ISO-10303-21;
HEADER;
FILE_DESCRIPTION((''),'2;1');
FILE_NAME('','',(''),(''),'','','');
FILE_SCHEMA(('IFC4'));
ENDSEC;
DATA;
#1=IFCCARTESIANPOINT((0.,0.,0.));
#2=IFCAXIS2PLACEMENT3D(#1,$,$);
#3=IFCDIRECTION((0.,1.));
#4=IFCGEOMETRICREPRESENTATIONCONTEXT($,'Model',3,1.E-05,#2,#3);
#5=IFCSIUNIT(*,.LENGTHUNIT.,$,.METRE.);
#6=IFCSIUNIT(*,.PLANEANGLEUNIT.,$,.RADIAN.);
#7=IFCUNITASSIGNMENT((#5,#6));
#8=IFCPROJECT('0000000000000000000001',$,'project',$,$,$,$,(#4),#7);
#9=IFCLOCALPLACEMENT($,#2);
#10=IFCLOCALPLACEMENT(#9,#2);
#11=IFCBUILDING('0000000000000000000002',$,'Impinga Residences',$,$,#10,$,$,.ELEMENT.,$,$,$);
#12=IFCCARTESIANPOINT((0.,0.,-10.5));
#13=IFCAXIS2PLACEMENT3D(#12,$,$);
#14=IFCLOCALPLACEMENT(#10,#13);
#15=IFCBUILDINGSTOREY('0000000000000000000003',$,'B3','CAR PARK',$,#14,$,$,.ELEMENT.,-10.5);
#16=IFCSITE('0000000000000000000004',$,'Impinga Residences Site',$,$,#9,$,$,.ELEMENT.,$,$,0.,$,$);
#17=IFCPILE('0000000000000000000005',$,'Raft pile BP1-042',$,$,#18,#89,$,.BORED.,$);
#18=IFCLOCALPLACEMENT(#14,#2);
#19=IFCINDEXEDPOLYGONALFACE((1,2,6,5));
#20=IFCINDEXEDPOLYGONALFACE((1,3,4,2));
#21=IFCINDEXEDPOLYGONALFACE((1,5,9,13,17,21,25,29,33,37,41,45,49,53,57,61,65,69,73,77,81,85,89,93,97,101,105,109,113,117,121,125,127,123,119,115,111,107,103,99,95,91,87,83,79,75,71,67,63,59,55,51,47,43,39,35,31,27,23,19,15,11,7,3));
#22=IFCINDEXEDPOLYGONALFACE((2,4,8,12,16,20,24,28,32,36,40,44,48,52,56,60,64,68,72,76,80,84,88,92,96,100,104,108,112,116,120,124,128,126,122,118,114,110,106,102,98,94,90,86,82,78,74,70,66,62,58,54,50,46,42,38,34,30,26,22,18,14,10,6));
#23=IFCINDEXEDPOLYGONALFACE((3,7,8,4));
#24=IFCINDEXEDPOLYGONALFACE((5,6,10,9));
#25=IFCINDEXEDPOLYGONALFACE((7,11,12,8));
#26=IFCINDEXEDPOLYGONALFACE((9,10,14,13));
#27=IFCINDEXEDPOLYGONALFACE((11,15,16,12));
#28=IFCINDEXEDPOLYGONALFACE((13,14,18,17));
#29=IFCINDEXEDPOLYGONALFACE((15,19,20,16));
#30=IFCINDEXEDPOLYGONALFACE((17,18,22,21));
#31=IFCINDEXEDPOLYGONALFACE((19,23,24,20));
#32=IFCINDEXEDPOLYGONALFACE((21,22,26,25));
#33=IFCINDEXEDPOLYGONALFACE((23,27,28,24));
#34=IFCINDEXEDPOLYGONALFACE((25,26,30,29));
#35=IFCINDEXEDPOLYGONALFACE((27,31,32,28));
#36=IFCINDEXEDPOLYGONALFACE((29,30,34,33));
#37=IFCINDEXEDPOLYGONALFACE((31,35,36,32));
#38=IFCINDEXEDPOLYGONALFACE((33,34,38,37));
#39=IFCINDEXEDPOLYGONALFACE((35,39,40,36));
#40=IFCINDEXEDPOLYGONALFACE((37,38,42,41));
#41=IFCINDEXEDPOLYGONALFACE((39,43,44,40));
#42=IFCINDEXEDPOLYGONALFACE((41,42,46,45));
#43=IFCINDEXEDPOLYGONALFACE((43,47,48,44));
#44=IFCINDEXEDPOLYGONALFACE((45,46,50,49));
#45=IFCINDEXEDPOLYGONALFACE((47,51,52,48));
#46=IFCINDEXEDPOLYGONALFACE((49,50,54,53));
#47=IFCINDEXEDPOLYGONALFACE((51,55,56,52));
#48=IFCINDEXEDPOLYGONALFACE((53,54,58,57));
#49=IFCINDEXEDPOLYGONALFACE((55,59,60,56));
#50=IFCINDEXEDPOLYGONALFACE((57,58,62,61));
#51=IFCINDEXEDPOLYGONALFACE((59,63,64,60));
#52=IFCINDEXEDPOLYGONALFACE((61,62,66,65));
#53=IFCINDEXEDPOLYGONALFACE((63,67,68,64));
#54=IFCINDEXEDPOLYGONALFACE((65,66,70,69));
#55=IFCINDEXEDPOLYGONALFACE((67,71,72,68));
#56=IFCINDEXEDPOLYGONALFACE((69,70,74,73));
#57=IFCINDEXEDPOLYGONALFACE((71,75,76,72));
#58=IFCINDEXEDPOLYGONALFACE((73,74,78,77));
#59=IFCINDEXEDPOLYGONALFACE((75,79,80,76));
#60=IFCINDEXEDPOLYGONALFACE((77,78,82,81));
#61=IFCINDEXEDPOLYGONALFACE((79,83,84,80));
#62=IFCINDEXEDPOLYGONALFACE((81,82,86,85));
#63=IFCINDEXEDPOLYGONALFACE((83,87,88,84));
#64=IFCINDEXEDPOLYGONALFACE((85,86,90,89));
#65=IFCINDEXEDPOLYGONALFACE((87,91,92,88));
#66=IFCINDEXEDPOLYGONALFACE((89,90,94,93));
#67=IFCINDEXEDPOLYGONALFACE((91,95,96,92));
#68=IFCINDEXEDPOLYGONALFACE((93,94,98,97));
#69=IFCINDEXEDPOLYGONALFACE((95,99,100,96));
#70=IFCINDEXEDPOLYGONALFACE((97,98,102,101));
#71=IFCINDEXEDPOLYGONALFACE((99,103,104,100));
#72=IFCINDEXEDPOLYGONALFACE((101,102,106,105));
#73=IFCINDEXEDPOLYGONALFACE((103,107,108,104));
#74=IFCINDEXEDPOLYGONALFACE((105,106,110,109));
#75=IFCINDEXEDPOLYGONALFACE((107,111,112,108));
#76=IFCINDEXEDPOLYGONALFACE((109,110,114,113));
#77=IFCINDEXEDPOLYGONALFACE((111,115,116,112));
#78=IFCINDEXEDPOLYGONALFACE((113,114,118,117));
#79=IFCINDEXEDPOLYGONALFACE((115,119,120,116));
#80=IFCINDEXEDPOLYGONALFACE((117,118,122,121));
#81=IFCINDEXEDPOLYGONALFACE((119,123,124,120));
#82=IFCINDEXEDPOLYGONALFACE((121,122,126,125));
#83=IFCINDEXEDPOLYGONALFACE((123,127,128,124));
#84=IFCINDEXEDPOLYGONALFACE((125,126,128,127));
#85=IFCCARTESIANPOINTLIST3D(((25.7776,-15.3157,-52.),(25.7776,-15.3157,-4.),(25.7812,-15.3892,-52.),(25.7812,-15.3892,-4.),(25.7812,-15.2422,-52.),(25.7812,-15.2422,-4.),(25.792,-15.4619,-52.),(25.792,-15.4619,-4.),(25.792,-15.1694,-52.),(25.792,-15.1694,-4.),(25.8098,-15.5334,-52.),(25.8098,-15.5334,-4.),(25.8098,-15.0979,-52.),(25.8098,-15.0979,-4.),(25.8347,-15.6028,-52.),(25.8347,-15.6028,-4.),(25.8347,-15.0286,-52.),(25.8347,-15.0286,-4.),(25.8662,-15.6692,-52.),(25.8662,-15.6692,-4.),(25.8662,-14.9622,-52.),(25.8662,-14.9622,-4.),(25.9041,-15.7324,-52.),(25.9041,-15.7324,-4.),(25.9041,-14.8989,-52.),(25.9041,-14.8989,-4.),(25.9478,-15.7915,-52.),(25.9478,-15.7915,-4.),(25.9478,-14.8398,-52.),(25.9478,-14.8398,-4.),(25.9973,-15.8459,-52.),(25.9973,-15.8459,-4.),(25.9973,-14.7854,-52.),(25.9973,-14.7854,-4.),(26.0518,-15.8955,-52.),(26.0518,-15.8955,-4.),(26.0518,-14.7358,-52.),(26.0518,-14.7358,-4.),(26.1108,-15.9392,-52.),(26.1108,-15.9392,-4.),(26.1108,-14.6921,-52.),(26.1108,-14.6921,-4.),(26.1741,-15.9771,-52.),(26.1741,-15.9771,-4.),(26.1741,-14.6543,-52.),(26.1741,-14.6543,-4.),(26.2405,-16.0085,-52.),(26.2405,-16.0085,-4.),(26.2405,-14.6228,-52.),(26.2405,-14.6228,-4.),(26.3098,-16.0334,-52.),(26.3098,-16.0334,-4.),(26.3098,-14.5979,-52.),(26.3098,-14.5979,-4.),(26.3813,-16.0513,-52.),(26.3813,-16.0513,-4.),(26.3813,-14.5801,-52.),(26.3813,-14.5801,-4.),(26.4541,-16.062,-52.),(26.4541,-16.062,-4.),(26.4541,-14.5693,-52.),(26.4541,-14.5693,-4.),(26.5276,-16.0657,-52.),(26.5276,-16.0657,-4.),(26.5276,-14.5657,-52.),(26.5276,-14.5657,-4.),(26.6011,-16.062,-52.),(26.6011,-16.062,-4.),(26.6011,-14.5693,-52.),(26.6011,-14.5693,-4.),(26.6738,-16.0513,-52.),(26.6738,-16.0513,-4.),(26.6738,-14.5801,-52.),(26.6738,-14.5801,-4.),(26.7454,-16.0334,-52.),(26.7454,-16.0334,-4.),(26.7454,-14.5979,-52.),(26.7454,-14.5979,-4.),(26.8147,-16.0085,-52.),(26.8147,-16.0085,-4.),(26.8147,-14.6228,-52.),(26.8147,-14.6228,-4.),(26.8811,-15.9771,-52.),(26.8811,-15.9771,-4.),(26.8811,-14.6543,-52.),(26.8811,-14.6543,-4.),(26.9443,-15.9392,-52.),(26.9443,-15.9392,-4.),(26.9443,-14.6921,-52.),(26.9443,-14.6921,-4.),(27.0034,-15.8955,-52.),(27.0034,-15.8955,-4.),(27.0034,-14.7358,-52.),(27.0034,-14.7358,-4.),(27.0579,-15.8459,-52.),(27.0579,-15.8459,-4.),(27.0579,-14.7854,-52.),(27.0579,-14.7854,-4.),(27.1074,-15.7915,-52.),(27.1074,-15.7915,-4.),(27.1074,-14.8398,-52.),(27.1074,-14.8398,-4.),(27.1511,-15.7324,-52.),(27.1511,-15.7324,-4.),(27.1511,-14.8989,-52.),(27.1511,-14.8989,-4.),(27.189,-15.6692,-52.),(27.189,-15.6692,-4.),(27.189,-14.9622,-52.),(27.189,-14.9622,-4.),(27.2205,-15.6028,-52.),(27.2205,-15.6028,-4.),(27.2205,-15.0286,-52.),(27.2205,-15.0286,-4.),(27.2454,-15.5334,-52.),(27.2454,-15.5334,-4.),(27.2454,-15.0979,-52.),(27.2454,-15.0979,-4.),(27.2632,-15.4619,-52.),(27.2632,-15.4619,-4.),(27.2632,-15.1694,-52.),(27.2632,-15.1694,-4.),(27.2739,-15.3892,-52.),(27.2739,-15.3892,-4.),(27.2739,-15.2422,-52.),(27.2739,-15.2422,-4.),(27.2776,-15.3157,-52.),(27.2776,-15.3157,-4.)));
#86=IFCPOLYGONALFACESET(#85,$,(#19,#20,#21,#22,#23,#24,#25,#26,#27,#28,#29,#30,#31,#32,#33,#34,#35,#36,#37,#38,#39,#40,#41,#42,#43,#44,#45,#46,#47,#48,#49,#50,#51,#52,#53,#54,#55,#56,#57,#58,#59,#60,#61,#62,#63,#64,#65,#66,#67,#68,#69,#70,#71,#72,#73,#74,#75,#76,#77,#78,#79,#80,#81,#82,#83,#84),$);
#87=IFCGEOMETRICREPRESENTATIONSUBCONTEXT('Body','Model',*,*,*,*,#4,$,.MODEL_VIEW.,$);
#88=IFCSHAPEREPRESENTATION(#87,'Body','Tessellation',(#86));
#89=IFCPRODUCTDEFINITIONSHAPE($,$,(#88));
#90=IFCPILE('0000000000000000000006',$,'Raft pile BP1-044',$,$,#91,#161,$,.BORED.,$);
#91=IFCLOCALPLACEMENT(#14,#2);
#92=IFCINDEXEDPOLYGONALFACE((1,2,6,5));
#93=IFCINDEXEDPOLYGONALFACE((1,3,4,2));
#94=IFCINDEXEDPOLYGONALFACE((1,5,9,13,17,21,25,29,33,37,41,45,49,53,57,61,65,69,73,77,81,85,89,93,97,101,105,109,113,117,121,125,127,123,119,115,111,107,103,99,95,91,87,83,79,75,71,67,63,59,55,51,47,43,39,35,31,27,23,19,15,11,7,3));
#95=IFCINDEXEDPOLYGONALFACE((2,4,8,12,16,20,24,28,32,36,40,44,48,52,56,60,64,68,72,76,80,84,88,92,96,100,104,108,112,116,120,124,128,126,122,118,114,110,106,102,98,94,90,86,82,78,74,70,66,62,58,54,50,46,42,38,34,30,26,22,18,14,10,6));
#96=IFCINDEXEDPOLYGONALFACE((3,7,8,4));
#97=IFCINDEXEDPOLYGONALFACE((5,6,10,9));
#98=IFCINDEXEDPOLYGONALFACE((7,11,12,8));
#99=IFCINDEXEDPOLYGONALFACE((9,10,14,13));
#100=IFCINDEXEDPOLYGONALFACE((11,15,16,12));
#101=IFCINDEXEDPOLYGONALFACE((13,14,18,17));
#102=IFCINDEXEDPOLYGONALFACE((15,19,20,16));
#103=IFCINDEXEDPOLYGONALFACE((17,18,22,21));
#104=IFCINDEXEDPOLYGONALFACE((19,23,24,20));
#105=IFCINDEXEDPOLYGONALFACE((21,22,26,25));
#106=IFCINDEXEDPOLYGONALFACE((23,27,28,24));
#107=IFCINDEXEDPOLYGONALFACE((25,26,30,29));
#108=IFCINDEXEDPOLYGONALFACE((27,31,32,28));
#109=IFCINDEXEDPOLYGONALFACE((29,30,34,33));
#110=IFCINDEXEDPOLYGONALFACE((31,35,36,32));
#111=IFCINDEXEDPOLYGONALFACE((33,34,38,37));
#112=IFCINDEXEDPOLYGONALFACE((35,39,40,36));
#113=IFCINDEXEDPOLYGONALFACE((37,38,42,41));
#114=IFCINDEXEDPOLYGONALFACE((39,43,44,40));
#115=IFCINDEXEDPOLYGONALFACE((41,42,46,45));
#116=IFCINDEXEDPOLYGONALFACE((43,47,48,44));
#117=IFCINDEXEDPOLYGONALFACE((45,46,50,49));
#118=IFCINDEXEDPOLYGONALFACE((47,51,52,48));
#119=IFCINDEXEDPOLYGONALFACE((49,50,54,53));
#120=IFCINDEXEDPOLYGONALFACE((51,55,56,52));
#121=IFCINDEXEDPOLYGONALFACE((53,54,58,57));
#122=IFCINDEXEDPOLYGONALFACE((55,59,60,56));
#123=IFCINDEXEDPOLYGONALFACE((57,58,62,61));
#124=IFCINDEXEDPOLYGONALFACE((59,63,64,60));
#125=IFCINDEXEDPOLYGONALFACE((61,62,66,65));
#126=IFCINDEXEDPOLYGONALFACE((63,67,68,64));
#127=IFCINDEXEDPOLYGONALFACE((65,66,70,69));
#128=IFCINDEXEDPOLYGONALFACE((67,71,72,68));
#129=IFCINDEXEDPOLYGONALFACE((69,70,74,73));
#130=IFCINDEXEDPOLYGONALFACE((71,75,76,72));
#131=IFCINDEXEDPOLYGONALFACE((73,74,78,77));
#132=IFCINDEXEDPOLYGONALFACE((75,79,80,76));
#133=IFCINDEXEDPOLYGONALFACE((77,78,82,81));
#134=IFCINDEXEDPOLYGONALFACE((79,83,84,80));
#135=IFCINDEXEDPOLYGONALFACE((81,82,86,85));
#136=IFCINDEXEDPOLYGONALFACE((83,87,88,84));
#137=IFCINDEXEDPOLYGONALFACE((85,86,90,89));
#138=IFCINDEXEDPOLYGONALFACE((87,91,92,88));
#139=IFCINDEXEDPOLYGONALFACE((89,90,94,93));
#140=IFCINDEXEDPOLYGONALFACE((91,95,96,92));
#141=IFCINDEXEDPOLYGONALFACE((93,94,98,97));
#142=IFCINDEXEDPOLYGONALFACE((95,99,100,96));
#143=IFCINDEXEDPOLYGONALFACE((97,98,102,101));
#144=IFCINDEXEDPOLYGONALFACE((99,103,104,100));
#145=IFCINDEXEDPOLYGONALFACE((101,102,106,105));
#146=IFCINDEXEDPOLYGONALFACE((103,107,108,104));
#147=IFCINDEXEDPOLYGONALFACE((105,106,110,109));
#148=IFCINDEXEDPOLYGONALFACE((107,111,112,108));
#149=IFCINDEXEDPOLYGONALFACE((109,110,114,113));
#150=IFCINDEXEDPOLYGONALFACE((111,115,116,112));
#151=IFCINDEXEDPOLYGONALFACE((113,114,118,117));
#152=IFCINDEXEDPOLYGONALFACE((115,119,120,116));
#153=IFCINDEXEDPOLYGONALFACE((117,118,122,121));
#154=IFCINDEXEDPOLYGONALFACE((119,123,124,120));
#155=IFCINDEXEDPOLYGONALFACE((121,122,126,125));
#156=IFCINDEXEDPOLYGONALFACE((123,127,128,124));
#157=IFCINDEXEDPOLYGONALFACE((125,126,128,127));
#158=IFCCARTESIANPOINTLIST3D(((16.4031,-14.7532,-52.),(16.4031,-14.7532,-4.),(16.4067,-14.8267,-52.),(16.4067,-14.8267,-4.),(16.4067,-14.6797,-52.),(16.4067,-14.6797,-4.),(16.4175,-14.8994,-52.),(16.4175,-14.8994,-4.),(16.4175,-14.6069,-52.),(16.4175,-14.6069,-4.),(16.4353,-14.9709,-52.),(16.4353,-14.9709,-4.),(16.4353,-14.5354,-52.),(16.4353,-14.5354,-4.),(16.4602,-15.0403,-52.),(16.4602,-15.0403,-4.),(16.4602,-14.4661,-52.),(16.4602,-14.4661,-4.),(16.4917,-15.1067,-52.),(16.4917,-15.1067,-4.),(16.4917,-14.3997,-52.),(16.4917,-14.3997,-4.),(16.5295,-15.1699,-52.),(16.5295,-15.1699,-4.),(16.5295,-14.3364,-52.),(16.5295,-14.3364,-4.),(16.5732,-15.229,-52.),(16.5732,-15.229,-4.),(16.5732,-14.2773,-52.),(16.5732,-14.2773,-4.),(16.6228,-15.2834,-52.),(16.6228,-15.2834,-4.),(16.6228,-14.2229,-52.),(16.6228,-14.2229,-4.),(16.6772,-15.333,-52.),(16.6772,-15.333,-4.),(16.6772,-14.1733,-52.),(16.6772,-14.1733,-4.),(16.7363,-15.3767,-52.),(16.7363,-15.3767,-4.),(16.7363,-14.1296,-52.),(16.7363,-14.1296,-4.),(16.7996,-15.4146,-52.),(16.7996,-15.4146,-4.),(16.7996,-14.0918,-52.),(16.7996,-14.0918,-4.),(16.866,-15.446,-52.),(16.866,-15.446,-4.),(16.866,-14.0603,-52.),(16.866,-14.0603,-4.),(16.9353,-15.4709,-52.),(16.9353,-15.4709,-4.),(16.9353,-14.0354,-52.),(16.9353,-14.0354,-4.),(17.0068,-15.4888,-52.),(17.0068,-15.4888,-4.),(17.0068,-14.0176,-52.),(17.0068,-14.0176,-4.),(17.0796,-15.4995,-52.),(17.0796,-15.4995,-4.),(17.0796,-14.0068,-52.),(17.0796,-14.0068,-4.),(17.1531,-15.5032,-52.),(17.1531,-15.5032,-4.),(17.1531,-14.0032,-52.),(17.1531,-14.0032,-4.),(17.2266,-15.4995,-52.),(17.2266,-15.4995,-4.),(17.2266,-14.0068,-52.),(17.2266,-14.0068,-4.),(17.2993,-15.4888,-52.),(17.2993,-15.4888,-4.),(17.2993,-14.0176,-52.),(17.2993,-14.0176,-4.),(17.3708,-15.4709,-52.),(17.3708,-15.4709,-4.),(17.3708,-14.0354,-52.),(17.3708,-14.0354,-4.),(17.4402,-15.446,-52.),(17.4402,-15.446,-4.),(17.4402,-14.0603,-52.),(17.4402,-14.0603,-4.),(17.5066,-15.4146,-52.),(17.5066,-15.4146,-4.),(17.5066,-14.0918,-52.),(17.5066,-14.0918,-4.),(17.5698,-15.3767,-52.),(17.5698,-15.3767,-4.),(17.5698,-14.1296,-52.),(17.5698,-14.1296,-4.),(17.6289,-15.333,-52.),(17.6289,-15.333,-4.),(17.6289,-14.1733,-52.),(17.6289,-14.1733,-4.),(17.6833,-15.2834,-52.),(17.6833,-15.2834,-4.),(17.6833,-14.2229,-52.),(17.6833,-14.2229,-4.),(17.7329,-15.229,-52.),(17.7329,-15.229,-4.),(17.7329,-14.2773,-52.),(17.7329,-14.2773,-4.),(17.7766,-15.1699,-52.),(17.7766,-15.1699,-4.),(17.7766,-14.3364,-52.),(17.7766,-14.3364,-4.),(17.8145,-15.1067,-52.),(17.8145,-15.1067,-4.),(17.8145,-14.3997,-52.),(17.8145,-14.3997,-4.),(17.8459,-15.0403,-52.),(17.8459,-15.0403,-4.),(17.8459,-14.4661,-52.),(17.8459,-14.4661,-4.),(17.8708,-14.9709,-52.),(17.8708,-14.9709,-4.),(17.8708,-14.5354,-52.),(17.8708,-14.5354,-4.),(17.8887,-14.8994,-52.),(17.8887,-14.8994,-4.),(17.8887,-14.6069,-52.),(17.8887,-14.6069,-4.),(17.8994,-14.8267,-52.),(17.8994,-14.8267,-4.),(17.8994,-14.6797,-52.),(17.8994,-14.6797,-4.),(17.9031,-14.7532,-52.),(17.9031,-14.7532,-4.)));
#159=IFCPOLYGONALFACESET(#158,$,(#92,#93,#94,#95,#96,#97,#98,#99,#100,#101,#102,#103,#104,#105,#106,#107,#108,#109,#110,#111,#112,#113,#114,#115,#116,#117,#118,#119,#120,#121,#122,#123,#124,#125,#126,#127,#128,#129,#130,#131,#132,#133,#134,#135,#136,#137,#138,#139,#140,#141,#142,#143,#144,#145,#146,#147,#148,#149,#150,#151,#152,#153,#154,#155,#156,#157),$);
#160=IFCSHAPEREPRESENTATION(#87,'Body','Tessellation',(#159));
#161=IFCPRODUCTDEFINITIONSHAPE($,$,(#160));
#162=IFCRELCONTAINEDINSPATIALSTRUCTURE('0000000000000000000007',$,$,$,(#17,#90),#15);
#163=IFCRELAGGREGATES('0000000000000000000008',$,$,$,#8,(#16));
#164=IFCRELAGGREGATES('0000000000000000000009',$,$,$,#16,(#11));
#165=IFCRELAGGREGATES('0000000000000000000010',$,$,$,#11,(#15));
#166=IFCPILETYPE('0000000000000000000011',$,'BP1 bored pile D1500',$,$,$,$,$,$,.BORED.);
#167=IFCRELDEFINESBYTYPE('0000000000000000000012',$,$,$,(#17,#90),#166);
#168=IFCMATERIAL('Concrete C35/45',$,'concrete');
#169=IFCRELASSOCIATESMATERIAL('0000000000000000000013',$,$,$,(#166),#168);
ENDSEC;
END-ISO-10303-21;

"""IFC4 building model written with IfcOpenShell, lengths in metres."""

from ifc_helpers import new_model, si_unit, direction, frame, origin, origin_2d, place, context, subcontext, project, spatial, polyline, circle, outline, extrude, material, material_profile, profile_set, type_object, element, save


model = new_model("IFC4")

# Units and contexts
model_context = context("Model", 3, precision=1e-05, world=origin(), true_north=direction((0.0, 1.0)))
body_context = subcontext(model_context, "Body", "Model", "MODEL_VIEW")
ifc_project = project(units=[si_unit("LENGTHUNIT", "METRE"), si_unit("PLANEANGLEUNIT", "RADIAN")], contexts=[model_context])

# Site, building, storey
site_placement = place(None, origin())
site = spatial("IfcSite", under=ifc_project, at=site_placement, Name="Impinga Residences Site", CompositionType="ELEMENT", RefElevation=0.0)
building_placement = place(site_placement, origin())
building = spatial("IfcBuilding", under=site, at=building_placement, Name="Impinga Residences", CompositionType="ELEMENT")
storey_placement = place(building_placement, frame((0.0, 0.0, -10.5)))
storey = spatial("IfcBuildingStorey", under=building, at=storey_placement, Name="B3", Description="CAR PARK", CompositionType="ELEMENT", Elevation=-10.5)

# Piles
ifc_material_1 = material(Name="Concrete C35/45", Category="concrete")
ifc_material_profile_1 = material_profile(ifc_material_1, circle(Radius=0.75, at=origin_2d()), Name="D1500")
ifc_profile_set_1 = profile_set([ifc_material_profile_1], Name="Concrete C35/45")
pile_type = type_object("IfcPileType", Name="BP1 bored pile D1500", PredefinedType="BORED", material=ifc_profile_set_1)
pile_1_placement = place(storey_placement, frame((26.5276, -15.3157, -4.0), z_axis=(0.0, 0.0, -1.0), x_axis=(1.0, 0.0, 0.0)))
element("IfcPile", 1, at=pile_1_placement, inside=storey, type_object=pile_type, Name="Raft pile BP1-042", PredefinedType="BORED", context=body_context, shape_type="SweptSolid", body=[
    extrude(outline(polyline([(0.75, 0.0), (0.7463, 0.0735), (0.7356, 0.1462), (0.7178, 0.2178), (0.6929, 0.2871), (0.6614, 0.3535), (0.6235, 0.4167), (0.5798, 0.4758), (0.5303, 0.5303), (0.4758, 0.5798), (0.4167, 0.6235), (0.3535, 0.6614), (0.2871, 0.6929), (0.2178, 0.7178), (0.1462, 0.7356), (0.0735, 0.7463), (0.0, 0.75), (-0.0735, 0.7463), (-0.1462, 0.7356), (-0.2178, 0.7178), (-0.2871, 0.6929), (-0.3535, 0.6614), (-0.4167, 0.6235), (-0.4758, 0.5798), (-0.5303, 0.5303), (-0.5798, 0.4758), (-0.6235, 0.4167), (-0.6614, 0.3535), (-0.6929, 0.2871), (-0.7178, 0.2178), (-0.7356, 0.1462), (-0.7463, 0.0735), (-0.75, 0.0), (-0.7463, -0.0735), (-0.7356, -0.1462), (-0.7178, -0.2178), (-0.6929, -0.2871), (-0.6614, -0.3535), (-0.6235, -0.4167), (-0.5798, -0.4758), (-0.5303, -0.5303), (-0.4758, -0.5798), (-0.4167, -0.6235), (-0.3535, -0.6614), (-0.2871, -0.6929), (-0.2178, -0.7178), (-0.1462, -0.7356), (-0.0735, -0.7463), (0.0, -0.75), (0.0735, -0.7463), (0.1462, -0.7356), (0.2178, -0.7178), (0.2871, -0.6929), (0.3535, -0.6614), (0.4167, -0.6235), (0.4758, -0.5798), (0.5303, -0.5303), (0.5798, -0.4758), (0.6235, -0.4167), (0.6614, -0.3535), (0.6929, -0.2871), (0.7178, -0.2178), (0.7356, -0.1462), (0.7463, -0.0735), (0.75, 0.0)])), origin(), (0.0, 0.0, 1.0), 48.0),
])
pile_2_placement = place(storey_placement, frame((17.1531, -14.7532, -4.0), z_axis=(0.0, 0.0, -1.0), x_axis=(1.0, 0.0, 0.0)))
element("IfcPile", 2, at=pile_2_placement, inside=storey, type_object=pile_type, Name="Raft pile BP1-044", PredefinedType="BORED", context=body_context, shape_type="SweptSolid", body=[
    extrude(outline(polyline([(0.75, 0.0), (0.7463, 0.0735), (0.7356, 0.1462), (0.7178, 0.2178), (0.6929, 0.2871), (0.6614, 0.3535), (0.6235, 0.4167), (0.5798, 0.4758), (0.5303, 0.5303), (0.4758, 0.5798), (0.4167, 0.6235), (0.3535, 0.6614), (0.2871, 0.6929), (0.2178, 0.7178), (0.1462, 0.7356), (0.0735, 0.7463), (0.0, 0.75), (-0.0735, 0.7463), (-0.1462, 0.7356), (-0.2178, 0.7178), (-0.2871, 0.6929), (-0.3535, 0.6614), (-0.4167, 0.6235), (-0.4758, 0.5798), (-0.5303, 0.5303), (-0.5798, 0.4758), (-0.6235, 0.4167), (-0.6614, 0.3535), (-0.6929, 0.2871), (-0.7178, 0.2178), (-0.7356, 0.1462), (-0.7463, 0.0735), (-0.75, 0.0), (-0.7463, -0.0735), (-0.7356, -0.1462), (-0.7178, -0.2178), (-0.6929, -0.2871), (-0.6614, -0.3535), (-0.6235, -0.4167), (-0.5798, -0.4758), (-0.5303, -0.5303), (-0.4758, -0.5798), (-0.4167, -0.6235), (-0.3535, -0.6614), (-0.2871, -0.6929), (-0.2178, -0.7178), (-0.1462, -0.7356), (-0.0735, -0.7463), (0.0, -0.75), (0.0735, -0.7463), (0.1462, -0.7356), (0.2178, -0.7178), (0.2871, -0.6929), (0.3535, -0.6614), (0.4167, -0.6235), (0.4758, -0.5798), (0.5303, -0.5303), (0.5798, -0.4758), (0.6235, -0.4167), (0.6614, -0.3535), (0.6929, -0.2871), (0.7178, -0.2178), (0.7356, -0.1462), (0.7463, -0.0735), (0.75, 0.0)])), origin(), (0.0, 0.0, 1.0), 48.0),
])

save(model, "model.ifc")
